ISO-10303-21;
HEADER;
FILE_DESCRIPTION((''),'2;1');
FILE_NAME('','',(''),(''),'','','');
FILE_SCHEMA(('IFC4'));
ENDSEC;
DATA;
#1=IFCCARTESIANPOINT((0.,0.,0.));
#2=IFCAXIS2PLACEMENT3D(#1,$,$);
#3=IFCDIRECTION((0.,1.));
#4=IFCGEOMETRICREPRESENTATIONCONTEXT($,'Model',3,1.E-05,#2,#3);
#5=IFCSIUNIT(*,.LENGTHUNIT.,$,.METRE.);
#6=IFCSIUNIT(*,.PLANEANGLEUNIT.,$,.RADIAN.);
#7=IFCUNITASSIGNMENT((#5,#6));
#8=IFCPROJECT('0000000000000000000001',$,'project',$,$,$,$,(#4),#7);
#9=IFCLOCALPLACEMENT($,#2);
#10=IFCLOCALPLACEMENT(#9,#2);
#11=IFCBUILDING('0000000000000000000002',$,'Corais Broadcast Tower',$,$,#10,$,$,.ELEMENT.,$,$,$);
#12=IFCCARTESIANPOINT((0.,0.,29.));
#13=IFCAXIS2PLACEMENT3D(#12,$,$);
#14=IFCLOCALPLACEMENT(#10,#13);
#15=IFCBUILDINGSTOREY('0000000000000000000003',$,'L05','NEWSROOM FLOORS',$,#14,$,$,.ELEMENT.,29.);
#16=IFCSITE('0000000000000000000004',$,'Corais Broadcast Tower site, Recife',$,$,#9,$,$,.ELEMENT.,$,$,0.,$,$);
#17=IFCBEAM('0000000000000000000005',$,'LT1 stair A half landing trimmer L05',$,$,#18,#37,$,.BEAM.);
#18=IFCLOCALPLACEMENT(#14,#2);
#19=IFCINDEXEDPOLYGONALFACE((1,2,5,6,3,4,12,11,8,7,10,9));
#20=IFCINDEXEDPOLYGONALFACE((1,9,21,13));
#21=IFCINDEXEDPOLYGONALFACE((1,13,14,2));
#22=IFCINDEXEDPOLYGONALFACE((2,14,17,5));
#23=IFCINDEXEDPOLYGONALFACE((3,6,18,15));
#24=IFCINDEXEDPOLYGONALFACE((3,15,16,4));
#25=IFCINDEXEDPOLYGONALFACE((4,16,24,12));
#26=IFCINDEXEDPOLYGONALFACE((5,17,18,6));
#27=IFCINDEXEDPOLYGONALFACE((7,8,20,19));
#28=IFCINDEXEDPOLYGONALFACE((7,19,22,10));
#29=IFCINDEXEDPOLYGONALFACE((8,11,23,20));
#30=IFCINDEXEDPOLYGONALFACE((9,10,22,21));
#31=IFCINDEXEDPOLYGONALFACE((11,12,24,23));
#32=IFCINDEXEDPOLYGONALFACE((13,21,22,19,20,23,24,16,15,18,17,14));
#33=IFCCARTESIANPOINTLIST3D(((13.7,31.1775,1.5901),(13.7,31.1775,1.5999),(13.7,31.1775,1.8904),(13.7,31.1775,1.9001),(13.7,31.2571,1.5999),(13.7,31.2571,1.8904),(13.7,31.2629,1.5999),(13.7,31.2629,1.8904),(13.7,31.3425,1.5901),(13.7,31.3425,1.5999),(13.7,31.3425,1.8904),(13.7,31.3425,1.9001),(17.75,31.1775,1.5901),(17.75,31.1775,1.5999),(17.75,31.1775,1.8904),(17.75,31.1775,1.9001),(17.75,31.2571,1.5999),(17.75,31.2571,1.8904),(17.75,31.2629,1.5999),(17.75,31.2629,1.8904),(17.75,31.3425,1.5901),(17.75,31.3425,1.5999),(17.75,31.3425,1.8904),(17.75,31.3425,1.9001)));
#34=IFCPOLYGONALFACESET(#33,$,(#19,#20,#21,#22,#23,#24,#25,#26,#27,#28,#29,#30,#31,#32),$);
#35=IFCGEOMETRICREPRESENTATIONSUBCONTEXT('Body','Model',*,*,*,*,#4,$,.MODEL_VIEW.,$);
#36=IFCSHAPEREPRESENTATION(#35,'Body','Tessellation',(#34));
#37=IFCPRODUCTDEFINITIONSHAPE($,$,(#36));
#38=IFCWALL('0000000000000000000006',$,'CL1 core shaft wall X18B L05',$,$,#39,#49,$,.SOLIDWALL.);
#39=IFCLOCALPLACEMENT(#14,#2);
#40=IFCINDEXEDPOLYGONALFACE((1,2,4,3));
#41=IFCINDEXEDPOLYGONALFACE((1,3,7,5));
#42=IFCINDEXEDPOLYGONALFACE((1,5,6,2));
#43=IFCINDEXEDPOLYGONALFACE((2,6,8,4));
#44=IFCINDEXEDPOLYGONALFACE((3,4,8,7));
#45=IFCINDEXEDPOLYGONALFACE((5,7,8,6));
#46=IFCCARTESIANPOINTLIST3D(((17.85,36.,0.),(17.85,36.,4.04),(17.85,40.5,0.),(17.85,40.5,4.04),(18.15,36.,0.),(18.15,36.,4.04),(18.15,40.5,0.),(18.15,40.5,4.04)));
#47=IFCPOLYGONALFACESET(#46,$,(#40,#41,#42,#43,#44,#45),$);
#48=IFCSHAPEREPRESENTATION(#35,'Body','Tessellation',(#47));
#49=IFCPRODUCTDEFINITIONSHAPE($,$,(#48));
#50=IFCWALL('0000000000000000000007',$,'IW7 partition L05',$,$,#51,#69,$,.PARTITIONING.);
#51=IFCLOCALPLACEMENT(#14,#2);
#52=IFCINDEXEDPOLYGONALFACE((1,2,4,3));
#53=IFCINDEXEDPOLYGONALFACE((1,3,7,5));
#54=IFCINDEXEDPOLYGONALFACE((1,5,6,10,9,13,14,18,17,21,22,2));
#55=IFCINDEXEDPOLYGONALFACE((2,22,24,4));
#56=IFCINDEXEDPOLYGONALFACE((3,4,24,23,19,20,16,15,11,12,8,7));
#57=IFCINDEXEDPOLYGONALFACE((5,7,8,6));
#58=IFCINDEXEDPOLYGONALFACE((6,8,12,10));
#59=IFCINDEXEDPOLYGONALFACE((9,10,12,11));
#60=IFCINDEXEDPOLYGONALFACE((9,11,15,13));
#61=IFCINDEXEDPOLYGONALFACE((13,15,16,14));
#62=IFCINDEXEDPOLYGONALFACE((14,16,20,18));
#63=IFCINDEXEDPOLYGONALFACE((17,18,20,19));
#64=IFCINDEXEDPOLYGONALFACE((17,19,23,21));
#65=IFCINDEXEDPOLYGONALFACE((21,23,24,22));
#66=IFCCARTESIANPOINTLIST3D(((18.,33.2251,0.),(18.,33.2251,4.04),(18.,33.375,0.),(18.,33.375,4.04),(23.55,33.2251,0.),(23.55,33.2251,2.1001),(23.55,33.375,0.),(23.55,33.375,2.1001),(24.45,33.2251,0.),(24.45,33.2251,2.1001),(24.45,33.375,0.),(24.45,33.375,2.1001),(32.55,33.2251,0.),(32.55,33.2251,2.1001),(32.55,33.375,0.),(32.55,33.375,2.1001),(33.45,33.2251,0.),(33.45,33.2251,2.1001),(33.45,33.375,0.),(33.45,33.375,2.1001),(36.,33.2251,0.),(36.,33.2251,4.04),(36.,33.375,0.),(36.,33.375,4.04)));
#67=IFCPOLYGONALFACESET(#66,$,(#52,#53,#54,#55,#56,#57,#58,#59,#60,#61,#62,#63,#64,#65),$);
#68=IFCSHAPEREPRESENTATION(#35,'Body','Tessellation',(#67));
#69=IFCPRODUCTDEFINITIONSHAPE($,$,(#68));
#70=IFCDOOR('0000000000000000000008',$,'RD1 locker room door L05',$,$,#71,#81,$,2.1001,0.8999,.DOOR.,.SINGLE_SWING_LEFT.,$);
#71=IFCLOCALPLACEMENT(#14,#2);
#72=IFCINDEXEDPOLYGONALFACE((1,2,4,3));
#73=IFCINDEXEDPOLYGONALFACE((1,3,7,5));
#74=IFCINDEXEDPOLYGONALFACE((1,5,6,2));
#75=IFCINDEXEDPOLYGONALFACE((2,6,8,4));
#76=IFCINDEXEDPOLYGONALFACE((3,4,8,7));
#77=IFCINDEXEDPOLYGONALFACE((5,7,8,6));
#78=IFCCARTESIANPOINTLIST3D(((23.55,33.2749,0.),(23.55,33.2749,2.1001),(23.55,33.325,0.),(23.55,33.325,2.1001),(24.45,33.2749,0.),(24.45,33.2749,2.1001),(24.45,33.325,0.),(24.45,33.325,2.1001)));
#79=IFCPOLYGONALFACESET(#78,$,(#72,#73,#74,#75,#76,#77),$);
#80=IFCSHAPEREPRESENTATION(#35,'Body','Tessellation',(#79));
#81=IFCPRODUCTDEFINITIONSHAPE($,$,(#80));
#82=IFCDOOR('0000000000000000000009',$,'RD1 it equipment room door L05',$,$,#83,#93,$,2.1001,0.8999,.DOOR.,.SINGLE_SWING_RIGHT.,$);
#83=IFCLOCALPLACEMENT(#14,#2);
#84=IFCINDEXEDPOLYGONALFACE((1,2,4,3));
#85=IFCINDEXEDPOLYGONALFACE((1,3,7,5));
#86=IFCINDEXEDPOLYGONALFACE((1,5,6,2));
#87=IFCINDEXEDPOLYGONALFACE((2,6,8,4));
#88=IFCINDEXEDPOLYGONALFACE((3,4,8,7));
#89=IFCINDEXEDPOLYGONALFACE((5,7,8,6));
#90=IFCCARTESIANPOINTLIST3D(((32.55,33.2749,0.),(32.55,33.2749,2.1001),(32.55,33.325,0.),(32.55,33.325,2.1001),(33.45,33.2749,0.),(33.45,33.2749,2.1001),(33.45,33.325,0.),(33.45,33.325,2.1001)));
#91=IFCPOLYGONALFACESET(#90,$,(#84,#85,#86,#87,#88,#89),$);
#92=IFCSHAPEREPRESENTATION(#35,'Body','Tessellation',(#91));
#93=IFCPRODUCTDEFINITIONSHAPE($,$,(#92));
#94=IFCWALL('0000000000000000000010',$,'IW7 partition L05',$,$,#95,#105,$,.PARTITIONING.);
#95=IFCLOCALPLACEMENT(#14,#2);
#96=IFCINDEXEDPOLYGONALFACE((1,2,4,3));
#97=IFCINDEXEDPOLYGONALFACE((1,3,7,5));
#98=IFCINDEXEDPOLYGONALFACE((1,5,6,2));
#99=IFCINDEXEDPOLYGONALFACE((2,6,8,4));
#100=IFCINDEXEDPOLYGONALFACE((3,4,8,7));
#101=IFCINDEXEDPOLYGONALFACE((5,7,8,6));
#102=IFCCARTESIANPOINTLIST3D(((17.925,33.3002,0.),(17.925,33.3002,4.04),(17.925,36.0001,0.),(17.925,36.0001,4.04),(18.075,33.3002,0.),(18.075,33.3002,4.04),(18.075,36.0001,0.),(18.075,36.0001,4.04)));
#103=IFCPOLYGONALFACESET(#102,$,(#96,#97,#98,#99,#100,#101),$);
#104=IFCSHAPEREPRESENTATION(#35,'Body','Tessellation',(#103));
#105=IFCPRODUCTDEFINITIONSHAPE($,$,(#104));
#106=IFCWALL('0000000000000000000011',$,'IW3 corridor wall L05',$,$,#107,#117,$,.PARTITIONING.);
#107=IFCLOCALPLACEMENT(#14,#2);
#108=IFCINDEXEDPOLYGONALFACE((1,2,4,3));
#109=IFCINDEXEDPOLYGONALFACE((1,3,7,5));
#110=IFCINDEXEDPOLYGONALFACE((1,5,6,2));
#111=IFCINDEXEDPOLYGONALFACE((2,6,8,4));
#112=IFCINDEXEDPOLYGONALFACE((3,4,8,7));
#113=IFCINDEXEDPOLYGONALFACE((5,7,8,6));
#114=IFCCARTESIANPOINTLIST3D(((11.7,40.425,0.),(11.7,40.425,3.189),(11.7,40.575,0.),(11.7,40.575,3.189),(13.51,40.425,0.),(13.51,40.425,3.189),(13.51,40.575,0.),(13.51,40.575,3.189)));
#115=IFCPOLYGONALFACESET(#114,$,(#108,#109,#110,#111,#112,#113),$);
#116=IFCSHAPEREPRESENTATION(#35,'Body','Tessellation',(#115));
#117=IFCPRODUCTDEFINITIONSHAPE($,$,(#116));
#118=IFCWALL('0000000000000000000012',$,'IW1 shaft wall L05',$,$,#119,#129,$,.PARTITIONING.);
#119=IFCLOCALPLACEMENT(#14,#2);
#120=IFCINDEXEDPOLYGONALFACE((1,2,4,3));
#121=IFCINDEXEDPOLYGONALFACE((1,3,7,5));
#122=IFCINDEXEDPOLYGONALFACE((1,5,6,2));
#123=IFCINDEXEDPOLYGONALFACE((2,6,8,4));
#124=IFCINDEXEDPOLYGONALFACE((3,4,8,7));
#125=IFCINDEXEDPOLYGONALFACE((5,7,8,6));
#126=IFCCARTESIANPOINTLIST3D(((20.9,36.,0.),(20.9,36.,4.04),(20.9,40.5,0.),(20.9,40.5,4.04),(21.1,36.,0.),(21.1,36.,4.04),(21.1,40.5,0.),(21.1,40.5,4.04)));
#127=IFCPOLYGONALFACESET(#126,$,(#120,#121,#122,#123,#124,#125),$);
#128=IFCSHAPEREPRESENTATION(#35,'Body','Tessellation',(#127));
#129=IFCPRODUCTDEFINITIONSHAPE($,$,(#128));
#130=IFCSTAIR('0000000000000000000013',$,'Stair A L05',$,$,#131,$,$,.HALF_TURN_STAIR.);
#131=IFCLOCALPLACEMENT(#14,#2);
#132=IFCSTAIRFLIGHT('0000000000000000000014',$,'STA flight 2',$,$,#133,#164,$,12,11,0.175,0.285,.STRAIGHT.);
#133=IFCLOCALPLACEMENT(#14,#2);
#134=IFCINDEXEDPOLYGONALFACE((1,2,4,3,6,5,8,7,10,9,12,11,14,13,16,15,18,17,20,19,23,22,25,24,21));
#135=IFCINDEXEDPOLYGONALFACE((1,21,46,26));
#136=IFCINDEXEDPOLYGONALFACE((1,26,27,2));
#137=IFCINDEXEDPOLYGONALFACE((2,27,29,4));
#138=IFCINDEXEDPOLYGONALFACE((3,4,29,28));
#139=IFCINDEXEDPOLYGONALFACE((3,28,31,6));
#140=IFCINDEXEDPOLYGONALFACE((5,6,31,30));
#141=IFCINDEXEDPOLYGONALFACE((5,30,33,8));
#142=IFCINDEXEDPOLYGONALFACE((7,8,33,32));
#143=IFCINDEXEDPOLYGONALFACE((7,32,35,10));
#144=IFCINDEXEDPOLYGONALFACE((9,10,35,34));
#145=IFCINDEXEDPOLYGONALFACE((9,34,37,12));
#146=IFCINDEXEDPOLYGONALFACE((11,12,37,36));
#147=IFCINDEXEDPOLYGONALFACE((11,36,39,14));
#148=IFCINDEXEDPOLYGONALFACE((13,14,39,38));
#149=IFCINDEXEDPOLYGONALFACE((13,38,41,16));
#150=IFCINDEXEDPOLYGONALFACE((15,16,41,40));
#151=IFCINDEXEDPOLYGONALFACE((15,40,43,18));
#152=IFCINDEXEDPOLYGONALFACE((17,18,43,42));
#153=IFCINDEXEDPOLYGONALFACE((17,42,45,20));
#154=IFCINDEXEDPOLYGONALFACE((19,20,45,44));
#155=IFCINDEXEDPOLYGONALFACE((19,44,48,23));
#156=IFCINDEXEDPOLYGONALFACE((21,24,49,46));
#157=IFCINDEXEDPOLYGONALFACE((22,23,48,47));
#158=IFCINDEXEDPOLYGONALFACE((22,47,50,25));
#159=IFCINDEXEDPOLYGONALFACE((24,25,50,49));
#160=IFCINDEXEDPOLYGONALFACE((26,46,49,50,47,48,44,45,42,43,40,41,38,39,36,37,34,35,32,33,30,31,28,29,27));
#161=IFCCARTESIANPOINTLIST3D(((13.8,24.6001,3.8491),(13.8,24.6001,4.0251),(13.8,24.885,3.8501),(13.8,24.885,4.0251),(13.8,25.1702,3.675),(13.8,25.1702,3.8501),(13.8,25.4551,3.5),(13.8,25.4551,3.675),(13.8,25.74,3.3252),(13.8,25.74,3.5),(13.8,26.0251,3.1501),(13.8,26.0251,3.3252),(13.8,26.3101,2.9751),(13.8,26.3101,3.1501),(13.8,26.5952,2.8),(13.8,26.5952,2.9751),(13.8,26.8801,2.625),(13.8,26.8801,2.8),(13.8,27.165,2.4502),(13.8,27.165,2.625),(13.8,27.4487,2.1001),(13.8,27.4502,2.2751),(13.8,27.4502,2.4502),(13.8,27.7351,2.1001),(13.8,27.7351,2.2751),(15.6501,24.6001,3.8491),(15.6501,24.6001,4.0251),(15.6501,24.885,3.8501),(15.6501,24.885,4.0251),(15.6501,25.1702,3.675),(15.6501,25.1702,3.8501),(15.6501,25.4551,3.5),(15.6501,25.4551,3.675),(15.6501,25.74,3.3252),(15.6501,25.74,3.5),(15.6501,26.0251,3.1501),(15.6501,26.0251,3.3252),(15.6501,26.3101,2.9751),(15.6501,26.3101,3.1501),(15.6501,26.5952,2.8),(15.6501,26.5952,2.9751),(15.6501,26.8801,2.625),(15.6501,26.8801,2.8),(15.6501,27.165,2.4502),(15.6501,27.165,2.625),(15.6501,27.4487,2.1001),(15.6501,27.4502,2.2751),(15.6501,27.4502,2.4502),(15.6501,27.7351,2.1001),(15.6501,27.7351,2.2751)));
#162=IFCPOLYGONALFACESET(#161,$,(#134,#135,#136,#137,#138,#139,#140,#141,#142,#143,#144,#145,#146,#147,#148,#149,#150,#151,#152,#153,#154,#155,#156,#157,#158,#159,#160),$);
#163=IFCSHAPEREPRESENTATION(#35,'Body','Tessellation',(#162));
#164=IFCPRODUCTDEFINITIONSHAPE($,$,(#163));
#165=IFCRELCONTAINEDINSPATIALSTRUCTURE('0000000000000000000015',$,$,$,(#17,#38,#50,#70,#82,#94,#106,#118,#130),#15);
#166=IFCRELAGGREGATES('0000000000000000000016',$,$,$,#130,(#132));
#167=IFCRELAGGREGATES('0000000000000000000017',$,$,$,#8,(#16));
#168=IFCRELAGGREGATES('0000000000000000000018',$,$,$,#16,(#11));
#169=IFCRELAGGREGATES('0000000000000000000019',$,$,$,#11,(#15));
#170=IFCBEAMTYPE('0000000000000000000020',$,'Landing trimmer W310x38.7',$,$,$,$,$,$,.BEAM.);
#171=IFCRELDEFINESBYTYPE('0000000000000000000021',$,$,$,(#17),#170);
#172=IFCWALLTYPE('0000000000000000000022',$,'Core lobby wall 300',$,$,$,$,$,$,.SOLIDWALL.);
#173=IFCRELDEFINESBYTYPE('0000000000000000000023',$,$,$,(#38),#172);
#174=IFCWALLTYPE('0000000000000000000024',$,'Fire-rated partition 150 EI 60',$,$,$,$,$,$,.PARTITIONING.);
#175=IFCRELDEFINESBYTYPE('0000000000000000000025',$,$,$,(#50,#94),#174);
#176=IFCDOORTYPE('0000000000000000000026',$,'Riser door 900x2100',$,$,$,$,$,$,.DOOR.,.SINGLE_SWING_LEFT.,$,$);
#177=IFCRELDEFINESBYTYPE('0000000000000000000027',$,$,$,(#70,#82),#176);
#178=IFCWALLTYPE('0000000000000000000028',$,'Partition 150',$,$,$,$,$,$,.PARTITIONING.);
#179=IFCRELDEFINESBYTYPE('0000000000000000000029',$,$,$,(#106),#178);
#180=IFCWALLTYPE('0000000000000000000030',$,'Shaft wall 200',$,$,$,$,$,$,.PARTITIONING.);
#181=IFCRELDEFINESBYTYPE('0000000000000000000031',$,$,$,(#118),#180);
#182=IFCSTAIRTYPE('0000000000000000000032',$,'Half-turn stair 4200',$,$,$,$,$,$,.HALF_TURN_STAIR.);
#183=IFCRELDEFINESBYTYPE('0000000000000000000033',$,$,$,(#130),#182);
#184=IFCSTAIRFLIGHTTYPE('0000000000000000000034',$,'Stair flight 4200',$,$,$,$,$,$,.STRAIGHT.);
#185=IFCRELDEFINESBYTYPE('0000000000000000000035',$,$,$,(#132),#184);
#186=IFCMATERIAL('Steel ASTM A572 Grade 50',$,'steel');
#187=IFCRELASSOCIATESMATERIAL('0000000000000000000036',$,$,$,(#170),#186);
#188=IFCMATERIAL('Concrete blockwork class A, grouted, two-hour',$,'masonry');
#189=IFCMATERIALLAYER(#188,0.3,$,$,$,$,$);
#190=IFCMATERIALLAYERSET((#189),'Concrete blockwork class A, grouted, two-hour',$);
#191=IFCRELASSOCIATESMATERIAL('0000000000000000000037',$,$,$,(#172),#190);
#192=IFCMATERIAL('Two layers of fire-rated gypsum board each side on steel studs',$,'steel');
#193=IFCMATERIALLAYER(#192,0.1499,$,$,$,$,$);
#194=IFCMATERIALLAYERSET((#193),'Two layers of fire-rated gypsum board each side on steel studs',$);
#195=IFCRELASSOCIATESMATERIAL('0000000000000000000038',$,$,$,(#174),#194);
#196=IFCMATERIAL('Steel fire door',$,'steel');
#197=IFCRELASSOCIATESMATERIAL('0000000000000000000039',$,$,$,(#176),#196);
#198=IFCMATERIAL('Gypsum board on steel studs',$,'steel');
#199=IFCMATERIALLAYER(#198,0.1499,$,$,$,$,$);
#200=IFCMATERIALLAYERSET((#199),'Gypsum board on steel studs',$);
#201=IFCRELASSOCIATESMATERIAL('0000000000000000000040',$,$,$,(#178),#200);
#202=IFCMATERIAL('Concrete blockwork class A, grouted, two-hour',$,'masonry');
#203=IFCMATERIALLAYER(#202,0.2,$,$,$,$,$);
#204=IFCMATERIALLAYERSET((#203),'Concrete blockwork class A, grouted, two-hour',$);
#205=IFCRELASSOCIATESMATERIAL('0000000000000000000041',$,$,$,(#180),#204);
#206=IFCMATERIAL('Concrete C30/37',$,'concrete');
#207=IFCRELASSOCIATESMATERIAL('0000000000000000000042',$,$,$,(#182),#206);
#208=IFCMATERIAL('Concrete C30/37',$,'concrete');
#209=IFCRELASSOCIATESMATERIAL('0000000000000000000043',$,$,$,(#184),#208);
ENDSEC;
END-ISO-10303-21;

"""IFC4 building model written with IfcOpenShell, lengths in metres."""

from ifc_helpers import new_model, si_unit, direction, frame, frame_2d, origin, origin_2d, place, context, subcontext, project, spatial, polyline, rectangle, i_section, outline, extrude, material, layer, layer_set, material_profile, profile_set, type_object, element, fill, aggregate, save


model = new_model("IFC4")

# Units and contexts
model_context = context("Model", 3, precision=1e-05, world=origin(), true_north=direction((0.0, 1.0)))
body_context = subcontext(model_context, "Body", "Model", "MODEL_VIEW")
ifc_project = project(units=[si_unit("LENGTHUNIT", "METRE"), si_unit("PLANEANGLEUNIT", "RADIAN")], contexts=[model_context])

# Site, building, storey
site_placement = place(None, origin())
site = spatial("IfcSite", under=ifc_project, at=site_placement, Name="Corais Broadcast Tower site, Recife", CompositionType="ELEMENT", RefElevation=0.0)
building_placement = place(site_placement, origin())
building = spatial("IfcBuilding", under=site, at=building_placement, Name="Corais Broadcast Tower", CompositionType="ELEMENT")
storey_placement = place(building_placement, frame((0.0, 0.0, 29.0)))
storey = spatial("IfcBuildingStorey", under=building, at=storey_placement, Name="L05", Description="NEWSROOM FLOORS", CompositionType="ELEMENT", Elevation=29.0)

# Beam
ifc_material_1 = material(Name="Steel ASTM A572 Grade 50", Category="steel")
ifc_material_profile = material_profile(ifc_material_1, i_section(OverallWidth=0.165, OverallDepth=0.3101, WebThickness=0.0059, FlangeThickness=0.0098, at=origin_2d()), Name="W310x38.7")
ifc_profile_set = profile_set([ifc_material_profile], Name="Steel ASTM A572 Grade 50")
beam_type = type_object("IfcBeamType", Name="Landing trimmer W310x38.7", PredefinedType="BEAM", material=ifc_profile_set)
beam_placement = place(storey_placement, frame((13.7, 31.26, 1.7451), z_axis=(1.0, 0.0, 0.0), x_axis=(0.0, 1.0, 0.0)))
element("IfcBeam", 1, at=beam_placement, inside=storey, type_object=beam_type, Name="LT1 stair A half landing trimmer L05", PredefinedType="BEAM", context=body_context, shape_type="SweptSolid", body=[
    extrude(i_section(OverallWidth=0.165, OverallDepth=0.3101, WebThickness=0.0059, FlangeThickness=0.0098, at=origin_2d()), origin(), (0.0, 0.0, 1.0), 4.05),
])

# Wall
ifc_material_2 = material(Name="Concrete blockwork class A, grouted, two-hour", Category="masonry")
ifc_layer_1 = layer(ifc_material_2, 0.3)
ifc_layer_set_1 = layer_set([ifc_layer_1], Name="Concrete blockwork class A, grouted, two-hour")
wall_type_1 = type_object("IfcWallType", Name="Core lobby wall 300", PredefinedType="SOLIDWALL", material=ifc_layer_set_1)
wall_1_placement = place(storey_placement, frame((18.0, 36.0, 0.0), z_axis=(0.0, 0.0, 1.0), x_axis=(0.0, 1.0, 0.0)))
element("IfcWall", 2, at=wall_1_placement, inside=storey, type_object=wall_type_1, Name="CL1 core shaft wall X18B L05", PredefinedType="SOLIDWALL", context=body_context, shape_type="SweptSolid", body=[
    extrude(rectangle(XDim=4.5, YDim=0.3, at=frame_2d((2.25, 0.0))), origin(), (0.0, 0.0, 1.0), 4.04),
])

# Wall, openings, doors
ifc_material_3 = material(Name="Two layers of fire-rated gypsum board each side on steel studs", Category="steel")
ifc_layer_2 = layer(ifc_material_3, 0.1499)
ifc_layer_set_2 = layer_set([ifc_layer_2], Name="Two layers of fire-rated gypsum board each side on steel studs")
wall_type_2 = type_object("IfcWallType", Name="Fire-rated partition 150 EI 60", PredefinedType="PARTITIONING", material=ifc_layer_set_2)
wall_2_placement = place(storey_placement, frame((18.0, 33.3, 0.0), z_axis=(0.0, 0.0, 1.0), x_axis=(1.0, 0.0, 0.0)))
wall_2 = element("IfcWall", 3, at=wall_2_placement, inside=storey, type_object=wall_type_2, Name="IW7 partition L05", PredefinedType="PARTITIONING", context=body_context, shape_type="SweptSolid", body=[
    extrude(rectangle(XDim=18.0, YDim=0.1499, at=frame_2d((9.0, 0.0))), origin(), (0.0, 0.0, 1.0), 4.04),
])
opening_1_placement = place(wall_2_placement, frame((5.55, 0.0, 0.0)))
opening_1 = element("IfcOpeningElement", 4, at=opening_1_placement, cuts=wall_2, PredefinedType="OPENING", context=body_context, shape_type="SweptSolid", body=[
    extrude(rectangle(XDim=0.8999, YDim=2.1001, at=frame_2d((0.45, 1.05))), frame((0.0, 0.085, 0.0), z_axis=(0.0, -1.0, 0.0), x_axis=(1.0, 0.0, 0.0)), (0.0, 0.0, 1.0), 0.1699),
])
opening_2_placement = place(wall_2_placement, frame((14.55, 0.0, 0.0)))
opening_2 = element("IfcOpeningElement", 5, at=opening_2_placement, cuts=wall_2, PredefinedType="OPENING", context=body_context, shape_type="SweptSolid", body=[
    extrude(rectangle(XDim=0.8999, YDim=2.1001, at=frame_2d((0.45, 1.05))), frame((0.0, 0.085, 0.0), z_axis=(0.0, -1.0, 0.0), x_axis=(1.0, 0.0, 0.0)), (0.0, 0.0, 1.0), 0.1699),
])
ifc_material_4 = material(Name="Steel fire door", Category="steel")
door_type = type_object("IfcDoorType", Name="Riser door 900x2100", OperationType="SINGLE_SWING_LEFT", PredefinedType="DOOR", material=ifc_material_4)
door_1_placement = place(opening_1_placement, origin())
door_1 = element("IfcDoor", 6, at=door_1_placement, inside=storey, type_object=door_type, Name="RD1 locker room door L05", OperationType="SINGLE_SWING_LEFT", OverallHeight=2.1001, OverallWidth=0.8999, PredefinedType="DOOR", context=body_context, shape_type="SweptSolid", body=[
    extrude(rectangle(XDim=0.8999, YDim=2.1001, at=frame_2d((0.45, 1.05))), frame((0.0, 0.0249, 0.0), z_axis=(0.0, -1.0, 0.0), x_axis=(1.0, 0.0, 0.0)), (0.0, 0.0, 1.0), 0.05),
])
fill(opening_1, door_1)
door_2_placement = place(opening_2_placement, origin())
door_2 = element("IfcDoor", 7, at=door_2_placement, inside=storey, type_object=door_type, Name="RD1 it equipment room door L05", OperationType="SINGLE_SWING_RIGHT", OverallHeight=2.1001, OverallWidth=0.8999, PredefinedType="DOOR", context=body_context, shape_type="SweptSolid", body=[
    extrude(rectangle(XDim=0.8999, YDim=2.1001, at=frame_2d((0.45, 1.05))), frame((0.0, 0.0249, 0.0), z_axis=(0.0, -1.0, 0.0), x_axis=(1.0, 0.0, 0.0)), (0.0, 0.0, 1.0), 0.05),
])
fill(opening_2, door_2)

# Walls
wall_3_placement = place(storey_placement, frame((18.0, 33.3, 0.0), z_axis=(0.0, 0.0, 1.0), x_axis=(0.0, 1.0, 0.0)))
element("IfcWall", 8, at=wall_3_placement, inside=storey, type_object=wall_type_2, Name="IW7 partition L05", PredefinedType="PARTITIONING", context=body_context, shape_type="SweptSolid", body=[
    extrude(rectangle(XDim=2.7, YDim=0.1499, at=frame_2d((1.3501, 0.0))), origin(), (0.0, 0.0, 1.0), 4.04),
])
ifc_material_5 = material(Name="Gypsum board on steel studs", Category="steel")
ifc_layer_3 = layer(ifc_material_5, 0.1499)
ifc_layer_set_3 = layer_set([ifc_layer_3], Name="Gypsum board on steel studs")
wall_type_3 = type_object("IfcWallType", Name="Partition 150", PredefinedType="PARTITIONING", material=ifc_layer_set_3)
wall_4_placement = place(storey_placement, frame((13.51, 40.5, 0.0), z_axis=(0.0, 0.0, 1.0), x_axis=(-1.0, 0.0, 0.0)))
element("IfcWall", 9, at=wall_4_placement, inside=storey, type_object=wall_type_3, Name="IW3 corridor wall L05", PredefinedType="PARTITIONING", context=body_context, shape_type="SweptSolid", body=[
    extrude(rectangle(XDim=1.8101, YDim=0.1499, at=frame_2d((0.905, 0.0))), origin(), (0.0, 0.0, 1.0), 3.189),
])
ifc_material_6 = material(Name="Concrete blockwork class A, grouted, two-hour", Category="masonry")
ifc_layer_4 = layer(ifc_material_6, 0.2)
ifc_layer_set_4 = layer_set([ifc_layer_4], Name="Concrete blockwork class A, grouted, two-hour")
wall_type_4 = type_object("IfcWallType", Name="Shaft wall 200", PredefinedType="PARTITIONING", material=ifc_layer_set_4)
wall_5_placement = place(storey_placement, frame((21.0, 36.0, 0.0), z_axis=(0.0, 0.0, 1.0), x_axis=(0.0, 1.0, 0.0)))
element("IfcWall", 10, at=wall_5_placement, inside=storey, type_object=wall_type_4, Name="IW1 shaft wall L05", PredefinedType="PARTITIONING", context=body_context, shape_type="SweptSolid", body=[
    extrude(rectangle(XDim=4.5, YDim=0.2, at=frame_2d((2.25, 0.0))), origin(), (0.0, 0.0, 1.0), 4.04),
])

# Stair, stair flight
ifc_material_7 = material(Name="Concrete C30/37", Category="concrete")
stair_type = type_object("IfcStairType", Name="Half-turn stair 4200", PredefinedType="HALF_TURN_STAIR", material=ifc_material_7)
stair_placement = place(storey_placement, origin())
stair = element("IfcStair", 11, at=stair_placement, inside=storey, type_object=stair_type, Name="Stair A L05", PredefinedType="HALF_TURN_STAIR")
ifc_material_8 = material(Name="Concrete C30/37", Category="concrete")
stair_flight_type = type_object("IfcStairFlightType", Name="Stair flight 4200", PredefinedType="STRAIGHT", material=ifc_material_8)
stair_flight_placement = place(storey_placement, frame((14.7251, 27.7351, 2.1001), z_axis=(0.0, 0.0, 1.0), x_axis=(0.0, -1.0, 0.0)))
stair_flight = element("IfcStairFlight", 12, at=stair_flight_placement, type_object=stair_flight_type, Name="STA flight 2", NumberOfRisers=12, NumberOfTreads=11, PredefinedType="STRAIGHT", RiserHeight=0.175, TreadLength=0.285, context=body_context, shape_type="SweptSolid", body=[
    extrude(outline(polyline([(0.0, 0.0), (0.0, 0.175), (0.2849, 0.175), (0.2849, 0.3501), (0.5701, 0.3501), (0.5701, 0.5249), (0.855, 0.5249), (0.855, 0.7), (1.1399, 0.7), (1.1399, 0.875), (1.425, 0.875), (1.425, 1.05), (1.71, 1.05), (1.71, 1.2251), (1.9951, 1.2251), (1.9951, 1.3999), (2.28, 1.3999), (2.28, 1.575), (2.5649, 1.575), (2.5649, 1.75), (2.8501, 1.75), (2.8501, 1.925), (3.135, 1.925), (3.135, 2.1001), (3.135, 1.749), (0.2864, 0.0), (0.0, 0.0)])), frame((0.0, 0.925, 0.0), z_axis=(0.0, -1.0, 0.0), x_axis=(1.0, 0.0, 0.0)), (0.0, 0.0, 1.0), 1.8501),
])
aggregate(stair, [stair_flight])

save(model, "model.ifc")
